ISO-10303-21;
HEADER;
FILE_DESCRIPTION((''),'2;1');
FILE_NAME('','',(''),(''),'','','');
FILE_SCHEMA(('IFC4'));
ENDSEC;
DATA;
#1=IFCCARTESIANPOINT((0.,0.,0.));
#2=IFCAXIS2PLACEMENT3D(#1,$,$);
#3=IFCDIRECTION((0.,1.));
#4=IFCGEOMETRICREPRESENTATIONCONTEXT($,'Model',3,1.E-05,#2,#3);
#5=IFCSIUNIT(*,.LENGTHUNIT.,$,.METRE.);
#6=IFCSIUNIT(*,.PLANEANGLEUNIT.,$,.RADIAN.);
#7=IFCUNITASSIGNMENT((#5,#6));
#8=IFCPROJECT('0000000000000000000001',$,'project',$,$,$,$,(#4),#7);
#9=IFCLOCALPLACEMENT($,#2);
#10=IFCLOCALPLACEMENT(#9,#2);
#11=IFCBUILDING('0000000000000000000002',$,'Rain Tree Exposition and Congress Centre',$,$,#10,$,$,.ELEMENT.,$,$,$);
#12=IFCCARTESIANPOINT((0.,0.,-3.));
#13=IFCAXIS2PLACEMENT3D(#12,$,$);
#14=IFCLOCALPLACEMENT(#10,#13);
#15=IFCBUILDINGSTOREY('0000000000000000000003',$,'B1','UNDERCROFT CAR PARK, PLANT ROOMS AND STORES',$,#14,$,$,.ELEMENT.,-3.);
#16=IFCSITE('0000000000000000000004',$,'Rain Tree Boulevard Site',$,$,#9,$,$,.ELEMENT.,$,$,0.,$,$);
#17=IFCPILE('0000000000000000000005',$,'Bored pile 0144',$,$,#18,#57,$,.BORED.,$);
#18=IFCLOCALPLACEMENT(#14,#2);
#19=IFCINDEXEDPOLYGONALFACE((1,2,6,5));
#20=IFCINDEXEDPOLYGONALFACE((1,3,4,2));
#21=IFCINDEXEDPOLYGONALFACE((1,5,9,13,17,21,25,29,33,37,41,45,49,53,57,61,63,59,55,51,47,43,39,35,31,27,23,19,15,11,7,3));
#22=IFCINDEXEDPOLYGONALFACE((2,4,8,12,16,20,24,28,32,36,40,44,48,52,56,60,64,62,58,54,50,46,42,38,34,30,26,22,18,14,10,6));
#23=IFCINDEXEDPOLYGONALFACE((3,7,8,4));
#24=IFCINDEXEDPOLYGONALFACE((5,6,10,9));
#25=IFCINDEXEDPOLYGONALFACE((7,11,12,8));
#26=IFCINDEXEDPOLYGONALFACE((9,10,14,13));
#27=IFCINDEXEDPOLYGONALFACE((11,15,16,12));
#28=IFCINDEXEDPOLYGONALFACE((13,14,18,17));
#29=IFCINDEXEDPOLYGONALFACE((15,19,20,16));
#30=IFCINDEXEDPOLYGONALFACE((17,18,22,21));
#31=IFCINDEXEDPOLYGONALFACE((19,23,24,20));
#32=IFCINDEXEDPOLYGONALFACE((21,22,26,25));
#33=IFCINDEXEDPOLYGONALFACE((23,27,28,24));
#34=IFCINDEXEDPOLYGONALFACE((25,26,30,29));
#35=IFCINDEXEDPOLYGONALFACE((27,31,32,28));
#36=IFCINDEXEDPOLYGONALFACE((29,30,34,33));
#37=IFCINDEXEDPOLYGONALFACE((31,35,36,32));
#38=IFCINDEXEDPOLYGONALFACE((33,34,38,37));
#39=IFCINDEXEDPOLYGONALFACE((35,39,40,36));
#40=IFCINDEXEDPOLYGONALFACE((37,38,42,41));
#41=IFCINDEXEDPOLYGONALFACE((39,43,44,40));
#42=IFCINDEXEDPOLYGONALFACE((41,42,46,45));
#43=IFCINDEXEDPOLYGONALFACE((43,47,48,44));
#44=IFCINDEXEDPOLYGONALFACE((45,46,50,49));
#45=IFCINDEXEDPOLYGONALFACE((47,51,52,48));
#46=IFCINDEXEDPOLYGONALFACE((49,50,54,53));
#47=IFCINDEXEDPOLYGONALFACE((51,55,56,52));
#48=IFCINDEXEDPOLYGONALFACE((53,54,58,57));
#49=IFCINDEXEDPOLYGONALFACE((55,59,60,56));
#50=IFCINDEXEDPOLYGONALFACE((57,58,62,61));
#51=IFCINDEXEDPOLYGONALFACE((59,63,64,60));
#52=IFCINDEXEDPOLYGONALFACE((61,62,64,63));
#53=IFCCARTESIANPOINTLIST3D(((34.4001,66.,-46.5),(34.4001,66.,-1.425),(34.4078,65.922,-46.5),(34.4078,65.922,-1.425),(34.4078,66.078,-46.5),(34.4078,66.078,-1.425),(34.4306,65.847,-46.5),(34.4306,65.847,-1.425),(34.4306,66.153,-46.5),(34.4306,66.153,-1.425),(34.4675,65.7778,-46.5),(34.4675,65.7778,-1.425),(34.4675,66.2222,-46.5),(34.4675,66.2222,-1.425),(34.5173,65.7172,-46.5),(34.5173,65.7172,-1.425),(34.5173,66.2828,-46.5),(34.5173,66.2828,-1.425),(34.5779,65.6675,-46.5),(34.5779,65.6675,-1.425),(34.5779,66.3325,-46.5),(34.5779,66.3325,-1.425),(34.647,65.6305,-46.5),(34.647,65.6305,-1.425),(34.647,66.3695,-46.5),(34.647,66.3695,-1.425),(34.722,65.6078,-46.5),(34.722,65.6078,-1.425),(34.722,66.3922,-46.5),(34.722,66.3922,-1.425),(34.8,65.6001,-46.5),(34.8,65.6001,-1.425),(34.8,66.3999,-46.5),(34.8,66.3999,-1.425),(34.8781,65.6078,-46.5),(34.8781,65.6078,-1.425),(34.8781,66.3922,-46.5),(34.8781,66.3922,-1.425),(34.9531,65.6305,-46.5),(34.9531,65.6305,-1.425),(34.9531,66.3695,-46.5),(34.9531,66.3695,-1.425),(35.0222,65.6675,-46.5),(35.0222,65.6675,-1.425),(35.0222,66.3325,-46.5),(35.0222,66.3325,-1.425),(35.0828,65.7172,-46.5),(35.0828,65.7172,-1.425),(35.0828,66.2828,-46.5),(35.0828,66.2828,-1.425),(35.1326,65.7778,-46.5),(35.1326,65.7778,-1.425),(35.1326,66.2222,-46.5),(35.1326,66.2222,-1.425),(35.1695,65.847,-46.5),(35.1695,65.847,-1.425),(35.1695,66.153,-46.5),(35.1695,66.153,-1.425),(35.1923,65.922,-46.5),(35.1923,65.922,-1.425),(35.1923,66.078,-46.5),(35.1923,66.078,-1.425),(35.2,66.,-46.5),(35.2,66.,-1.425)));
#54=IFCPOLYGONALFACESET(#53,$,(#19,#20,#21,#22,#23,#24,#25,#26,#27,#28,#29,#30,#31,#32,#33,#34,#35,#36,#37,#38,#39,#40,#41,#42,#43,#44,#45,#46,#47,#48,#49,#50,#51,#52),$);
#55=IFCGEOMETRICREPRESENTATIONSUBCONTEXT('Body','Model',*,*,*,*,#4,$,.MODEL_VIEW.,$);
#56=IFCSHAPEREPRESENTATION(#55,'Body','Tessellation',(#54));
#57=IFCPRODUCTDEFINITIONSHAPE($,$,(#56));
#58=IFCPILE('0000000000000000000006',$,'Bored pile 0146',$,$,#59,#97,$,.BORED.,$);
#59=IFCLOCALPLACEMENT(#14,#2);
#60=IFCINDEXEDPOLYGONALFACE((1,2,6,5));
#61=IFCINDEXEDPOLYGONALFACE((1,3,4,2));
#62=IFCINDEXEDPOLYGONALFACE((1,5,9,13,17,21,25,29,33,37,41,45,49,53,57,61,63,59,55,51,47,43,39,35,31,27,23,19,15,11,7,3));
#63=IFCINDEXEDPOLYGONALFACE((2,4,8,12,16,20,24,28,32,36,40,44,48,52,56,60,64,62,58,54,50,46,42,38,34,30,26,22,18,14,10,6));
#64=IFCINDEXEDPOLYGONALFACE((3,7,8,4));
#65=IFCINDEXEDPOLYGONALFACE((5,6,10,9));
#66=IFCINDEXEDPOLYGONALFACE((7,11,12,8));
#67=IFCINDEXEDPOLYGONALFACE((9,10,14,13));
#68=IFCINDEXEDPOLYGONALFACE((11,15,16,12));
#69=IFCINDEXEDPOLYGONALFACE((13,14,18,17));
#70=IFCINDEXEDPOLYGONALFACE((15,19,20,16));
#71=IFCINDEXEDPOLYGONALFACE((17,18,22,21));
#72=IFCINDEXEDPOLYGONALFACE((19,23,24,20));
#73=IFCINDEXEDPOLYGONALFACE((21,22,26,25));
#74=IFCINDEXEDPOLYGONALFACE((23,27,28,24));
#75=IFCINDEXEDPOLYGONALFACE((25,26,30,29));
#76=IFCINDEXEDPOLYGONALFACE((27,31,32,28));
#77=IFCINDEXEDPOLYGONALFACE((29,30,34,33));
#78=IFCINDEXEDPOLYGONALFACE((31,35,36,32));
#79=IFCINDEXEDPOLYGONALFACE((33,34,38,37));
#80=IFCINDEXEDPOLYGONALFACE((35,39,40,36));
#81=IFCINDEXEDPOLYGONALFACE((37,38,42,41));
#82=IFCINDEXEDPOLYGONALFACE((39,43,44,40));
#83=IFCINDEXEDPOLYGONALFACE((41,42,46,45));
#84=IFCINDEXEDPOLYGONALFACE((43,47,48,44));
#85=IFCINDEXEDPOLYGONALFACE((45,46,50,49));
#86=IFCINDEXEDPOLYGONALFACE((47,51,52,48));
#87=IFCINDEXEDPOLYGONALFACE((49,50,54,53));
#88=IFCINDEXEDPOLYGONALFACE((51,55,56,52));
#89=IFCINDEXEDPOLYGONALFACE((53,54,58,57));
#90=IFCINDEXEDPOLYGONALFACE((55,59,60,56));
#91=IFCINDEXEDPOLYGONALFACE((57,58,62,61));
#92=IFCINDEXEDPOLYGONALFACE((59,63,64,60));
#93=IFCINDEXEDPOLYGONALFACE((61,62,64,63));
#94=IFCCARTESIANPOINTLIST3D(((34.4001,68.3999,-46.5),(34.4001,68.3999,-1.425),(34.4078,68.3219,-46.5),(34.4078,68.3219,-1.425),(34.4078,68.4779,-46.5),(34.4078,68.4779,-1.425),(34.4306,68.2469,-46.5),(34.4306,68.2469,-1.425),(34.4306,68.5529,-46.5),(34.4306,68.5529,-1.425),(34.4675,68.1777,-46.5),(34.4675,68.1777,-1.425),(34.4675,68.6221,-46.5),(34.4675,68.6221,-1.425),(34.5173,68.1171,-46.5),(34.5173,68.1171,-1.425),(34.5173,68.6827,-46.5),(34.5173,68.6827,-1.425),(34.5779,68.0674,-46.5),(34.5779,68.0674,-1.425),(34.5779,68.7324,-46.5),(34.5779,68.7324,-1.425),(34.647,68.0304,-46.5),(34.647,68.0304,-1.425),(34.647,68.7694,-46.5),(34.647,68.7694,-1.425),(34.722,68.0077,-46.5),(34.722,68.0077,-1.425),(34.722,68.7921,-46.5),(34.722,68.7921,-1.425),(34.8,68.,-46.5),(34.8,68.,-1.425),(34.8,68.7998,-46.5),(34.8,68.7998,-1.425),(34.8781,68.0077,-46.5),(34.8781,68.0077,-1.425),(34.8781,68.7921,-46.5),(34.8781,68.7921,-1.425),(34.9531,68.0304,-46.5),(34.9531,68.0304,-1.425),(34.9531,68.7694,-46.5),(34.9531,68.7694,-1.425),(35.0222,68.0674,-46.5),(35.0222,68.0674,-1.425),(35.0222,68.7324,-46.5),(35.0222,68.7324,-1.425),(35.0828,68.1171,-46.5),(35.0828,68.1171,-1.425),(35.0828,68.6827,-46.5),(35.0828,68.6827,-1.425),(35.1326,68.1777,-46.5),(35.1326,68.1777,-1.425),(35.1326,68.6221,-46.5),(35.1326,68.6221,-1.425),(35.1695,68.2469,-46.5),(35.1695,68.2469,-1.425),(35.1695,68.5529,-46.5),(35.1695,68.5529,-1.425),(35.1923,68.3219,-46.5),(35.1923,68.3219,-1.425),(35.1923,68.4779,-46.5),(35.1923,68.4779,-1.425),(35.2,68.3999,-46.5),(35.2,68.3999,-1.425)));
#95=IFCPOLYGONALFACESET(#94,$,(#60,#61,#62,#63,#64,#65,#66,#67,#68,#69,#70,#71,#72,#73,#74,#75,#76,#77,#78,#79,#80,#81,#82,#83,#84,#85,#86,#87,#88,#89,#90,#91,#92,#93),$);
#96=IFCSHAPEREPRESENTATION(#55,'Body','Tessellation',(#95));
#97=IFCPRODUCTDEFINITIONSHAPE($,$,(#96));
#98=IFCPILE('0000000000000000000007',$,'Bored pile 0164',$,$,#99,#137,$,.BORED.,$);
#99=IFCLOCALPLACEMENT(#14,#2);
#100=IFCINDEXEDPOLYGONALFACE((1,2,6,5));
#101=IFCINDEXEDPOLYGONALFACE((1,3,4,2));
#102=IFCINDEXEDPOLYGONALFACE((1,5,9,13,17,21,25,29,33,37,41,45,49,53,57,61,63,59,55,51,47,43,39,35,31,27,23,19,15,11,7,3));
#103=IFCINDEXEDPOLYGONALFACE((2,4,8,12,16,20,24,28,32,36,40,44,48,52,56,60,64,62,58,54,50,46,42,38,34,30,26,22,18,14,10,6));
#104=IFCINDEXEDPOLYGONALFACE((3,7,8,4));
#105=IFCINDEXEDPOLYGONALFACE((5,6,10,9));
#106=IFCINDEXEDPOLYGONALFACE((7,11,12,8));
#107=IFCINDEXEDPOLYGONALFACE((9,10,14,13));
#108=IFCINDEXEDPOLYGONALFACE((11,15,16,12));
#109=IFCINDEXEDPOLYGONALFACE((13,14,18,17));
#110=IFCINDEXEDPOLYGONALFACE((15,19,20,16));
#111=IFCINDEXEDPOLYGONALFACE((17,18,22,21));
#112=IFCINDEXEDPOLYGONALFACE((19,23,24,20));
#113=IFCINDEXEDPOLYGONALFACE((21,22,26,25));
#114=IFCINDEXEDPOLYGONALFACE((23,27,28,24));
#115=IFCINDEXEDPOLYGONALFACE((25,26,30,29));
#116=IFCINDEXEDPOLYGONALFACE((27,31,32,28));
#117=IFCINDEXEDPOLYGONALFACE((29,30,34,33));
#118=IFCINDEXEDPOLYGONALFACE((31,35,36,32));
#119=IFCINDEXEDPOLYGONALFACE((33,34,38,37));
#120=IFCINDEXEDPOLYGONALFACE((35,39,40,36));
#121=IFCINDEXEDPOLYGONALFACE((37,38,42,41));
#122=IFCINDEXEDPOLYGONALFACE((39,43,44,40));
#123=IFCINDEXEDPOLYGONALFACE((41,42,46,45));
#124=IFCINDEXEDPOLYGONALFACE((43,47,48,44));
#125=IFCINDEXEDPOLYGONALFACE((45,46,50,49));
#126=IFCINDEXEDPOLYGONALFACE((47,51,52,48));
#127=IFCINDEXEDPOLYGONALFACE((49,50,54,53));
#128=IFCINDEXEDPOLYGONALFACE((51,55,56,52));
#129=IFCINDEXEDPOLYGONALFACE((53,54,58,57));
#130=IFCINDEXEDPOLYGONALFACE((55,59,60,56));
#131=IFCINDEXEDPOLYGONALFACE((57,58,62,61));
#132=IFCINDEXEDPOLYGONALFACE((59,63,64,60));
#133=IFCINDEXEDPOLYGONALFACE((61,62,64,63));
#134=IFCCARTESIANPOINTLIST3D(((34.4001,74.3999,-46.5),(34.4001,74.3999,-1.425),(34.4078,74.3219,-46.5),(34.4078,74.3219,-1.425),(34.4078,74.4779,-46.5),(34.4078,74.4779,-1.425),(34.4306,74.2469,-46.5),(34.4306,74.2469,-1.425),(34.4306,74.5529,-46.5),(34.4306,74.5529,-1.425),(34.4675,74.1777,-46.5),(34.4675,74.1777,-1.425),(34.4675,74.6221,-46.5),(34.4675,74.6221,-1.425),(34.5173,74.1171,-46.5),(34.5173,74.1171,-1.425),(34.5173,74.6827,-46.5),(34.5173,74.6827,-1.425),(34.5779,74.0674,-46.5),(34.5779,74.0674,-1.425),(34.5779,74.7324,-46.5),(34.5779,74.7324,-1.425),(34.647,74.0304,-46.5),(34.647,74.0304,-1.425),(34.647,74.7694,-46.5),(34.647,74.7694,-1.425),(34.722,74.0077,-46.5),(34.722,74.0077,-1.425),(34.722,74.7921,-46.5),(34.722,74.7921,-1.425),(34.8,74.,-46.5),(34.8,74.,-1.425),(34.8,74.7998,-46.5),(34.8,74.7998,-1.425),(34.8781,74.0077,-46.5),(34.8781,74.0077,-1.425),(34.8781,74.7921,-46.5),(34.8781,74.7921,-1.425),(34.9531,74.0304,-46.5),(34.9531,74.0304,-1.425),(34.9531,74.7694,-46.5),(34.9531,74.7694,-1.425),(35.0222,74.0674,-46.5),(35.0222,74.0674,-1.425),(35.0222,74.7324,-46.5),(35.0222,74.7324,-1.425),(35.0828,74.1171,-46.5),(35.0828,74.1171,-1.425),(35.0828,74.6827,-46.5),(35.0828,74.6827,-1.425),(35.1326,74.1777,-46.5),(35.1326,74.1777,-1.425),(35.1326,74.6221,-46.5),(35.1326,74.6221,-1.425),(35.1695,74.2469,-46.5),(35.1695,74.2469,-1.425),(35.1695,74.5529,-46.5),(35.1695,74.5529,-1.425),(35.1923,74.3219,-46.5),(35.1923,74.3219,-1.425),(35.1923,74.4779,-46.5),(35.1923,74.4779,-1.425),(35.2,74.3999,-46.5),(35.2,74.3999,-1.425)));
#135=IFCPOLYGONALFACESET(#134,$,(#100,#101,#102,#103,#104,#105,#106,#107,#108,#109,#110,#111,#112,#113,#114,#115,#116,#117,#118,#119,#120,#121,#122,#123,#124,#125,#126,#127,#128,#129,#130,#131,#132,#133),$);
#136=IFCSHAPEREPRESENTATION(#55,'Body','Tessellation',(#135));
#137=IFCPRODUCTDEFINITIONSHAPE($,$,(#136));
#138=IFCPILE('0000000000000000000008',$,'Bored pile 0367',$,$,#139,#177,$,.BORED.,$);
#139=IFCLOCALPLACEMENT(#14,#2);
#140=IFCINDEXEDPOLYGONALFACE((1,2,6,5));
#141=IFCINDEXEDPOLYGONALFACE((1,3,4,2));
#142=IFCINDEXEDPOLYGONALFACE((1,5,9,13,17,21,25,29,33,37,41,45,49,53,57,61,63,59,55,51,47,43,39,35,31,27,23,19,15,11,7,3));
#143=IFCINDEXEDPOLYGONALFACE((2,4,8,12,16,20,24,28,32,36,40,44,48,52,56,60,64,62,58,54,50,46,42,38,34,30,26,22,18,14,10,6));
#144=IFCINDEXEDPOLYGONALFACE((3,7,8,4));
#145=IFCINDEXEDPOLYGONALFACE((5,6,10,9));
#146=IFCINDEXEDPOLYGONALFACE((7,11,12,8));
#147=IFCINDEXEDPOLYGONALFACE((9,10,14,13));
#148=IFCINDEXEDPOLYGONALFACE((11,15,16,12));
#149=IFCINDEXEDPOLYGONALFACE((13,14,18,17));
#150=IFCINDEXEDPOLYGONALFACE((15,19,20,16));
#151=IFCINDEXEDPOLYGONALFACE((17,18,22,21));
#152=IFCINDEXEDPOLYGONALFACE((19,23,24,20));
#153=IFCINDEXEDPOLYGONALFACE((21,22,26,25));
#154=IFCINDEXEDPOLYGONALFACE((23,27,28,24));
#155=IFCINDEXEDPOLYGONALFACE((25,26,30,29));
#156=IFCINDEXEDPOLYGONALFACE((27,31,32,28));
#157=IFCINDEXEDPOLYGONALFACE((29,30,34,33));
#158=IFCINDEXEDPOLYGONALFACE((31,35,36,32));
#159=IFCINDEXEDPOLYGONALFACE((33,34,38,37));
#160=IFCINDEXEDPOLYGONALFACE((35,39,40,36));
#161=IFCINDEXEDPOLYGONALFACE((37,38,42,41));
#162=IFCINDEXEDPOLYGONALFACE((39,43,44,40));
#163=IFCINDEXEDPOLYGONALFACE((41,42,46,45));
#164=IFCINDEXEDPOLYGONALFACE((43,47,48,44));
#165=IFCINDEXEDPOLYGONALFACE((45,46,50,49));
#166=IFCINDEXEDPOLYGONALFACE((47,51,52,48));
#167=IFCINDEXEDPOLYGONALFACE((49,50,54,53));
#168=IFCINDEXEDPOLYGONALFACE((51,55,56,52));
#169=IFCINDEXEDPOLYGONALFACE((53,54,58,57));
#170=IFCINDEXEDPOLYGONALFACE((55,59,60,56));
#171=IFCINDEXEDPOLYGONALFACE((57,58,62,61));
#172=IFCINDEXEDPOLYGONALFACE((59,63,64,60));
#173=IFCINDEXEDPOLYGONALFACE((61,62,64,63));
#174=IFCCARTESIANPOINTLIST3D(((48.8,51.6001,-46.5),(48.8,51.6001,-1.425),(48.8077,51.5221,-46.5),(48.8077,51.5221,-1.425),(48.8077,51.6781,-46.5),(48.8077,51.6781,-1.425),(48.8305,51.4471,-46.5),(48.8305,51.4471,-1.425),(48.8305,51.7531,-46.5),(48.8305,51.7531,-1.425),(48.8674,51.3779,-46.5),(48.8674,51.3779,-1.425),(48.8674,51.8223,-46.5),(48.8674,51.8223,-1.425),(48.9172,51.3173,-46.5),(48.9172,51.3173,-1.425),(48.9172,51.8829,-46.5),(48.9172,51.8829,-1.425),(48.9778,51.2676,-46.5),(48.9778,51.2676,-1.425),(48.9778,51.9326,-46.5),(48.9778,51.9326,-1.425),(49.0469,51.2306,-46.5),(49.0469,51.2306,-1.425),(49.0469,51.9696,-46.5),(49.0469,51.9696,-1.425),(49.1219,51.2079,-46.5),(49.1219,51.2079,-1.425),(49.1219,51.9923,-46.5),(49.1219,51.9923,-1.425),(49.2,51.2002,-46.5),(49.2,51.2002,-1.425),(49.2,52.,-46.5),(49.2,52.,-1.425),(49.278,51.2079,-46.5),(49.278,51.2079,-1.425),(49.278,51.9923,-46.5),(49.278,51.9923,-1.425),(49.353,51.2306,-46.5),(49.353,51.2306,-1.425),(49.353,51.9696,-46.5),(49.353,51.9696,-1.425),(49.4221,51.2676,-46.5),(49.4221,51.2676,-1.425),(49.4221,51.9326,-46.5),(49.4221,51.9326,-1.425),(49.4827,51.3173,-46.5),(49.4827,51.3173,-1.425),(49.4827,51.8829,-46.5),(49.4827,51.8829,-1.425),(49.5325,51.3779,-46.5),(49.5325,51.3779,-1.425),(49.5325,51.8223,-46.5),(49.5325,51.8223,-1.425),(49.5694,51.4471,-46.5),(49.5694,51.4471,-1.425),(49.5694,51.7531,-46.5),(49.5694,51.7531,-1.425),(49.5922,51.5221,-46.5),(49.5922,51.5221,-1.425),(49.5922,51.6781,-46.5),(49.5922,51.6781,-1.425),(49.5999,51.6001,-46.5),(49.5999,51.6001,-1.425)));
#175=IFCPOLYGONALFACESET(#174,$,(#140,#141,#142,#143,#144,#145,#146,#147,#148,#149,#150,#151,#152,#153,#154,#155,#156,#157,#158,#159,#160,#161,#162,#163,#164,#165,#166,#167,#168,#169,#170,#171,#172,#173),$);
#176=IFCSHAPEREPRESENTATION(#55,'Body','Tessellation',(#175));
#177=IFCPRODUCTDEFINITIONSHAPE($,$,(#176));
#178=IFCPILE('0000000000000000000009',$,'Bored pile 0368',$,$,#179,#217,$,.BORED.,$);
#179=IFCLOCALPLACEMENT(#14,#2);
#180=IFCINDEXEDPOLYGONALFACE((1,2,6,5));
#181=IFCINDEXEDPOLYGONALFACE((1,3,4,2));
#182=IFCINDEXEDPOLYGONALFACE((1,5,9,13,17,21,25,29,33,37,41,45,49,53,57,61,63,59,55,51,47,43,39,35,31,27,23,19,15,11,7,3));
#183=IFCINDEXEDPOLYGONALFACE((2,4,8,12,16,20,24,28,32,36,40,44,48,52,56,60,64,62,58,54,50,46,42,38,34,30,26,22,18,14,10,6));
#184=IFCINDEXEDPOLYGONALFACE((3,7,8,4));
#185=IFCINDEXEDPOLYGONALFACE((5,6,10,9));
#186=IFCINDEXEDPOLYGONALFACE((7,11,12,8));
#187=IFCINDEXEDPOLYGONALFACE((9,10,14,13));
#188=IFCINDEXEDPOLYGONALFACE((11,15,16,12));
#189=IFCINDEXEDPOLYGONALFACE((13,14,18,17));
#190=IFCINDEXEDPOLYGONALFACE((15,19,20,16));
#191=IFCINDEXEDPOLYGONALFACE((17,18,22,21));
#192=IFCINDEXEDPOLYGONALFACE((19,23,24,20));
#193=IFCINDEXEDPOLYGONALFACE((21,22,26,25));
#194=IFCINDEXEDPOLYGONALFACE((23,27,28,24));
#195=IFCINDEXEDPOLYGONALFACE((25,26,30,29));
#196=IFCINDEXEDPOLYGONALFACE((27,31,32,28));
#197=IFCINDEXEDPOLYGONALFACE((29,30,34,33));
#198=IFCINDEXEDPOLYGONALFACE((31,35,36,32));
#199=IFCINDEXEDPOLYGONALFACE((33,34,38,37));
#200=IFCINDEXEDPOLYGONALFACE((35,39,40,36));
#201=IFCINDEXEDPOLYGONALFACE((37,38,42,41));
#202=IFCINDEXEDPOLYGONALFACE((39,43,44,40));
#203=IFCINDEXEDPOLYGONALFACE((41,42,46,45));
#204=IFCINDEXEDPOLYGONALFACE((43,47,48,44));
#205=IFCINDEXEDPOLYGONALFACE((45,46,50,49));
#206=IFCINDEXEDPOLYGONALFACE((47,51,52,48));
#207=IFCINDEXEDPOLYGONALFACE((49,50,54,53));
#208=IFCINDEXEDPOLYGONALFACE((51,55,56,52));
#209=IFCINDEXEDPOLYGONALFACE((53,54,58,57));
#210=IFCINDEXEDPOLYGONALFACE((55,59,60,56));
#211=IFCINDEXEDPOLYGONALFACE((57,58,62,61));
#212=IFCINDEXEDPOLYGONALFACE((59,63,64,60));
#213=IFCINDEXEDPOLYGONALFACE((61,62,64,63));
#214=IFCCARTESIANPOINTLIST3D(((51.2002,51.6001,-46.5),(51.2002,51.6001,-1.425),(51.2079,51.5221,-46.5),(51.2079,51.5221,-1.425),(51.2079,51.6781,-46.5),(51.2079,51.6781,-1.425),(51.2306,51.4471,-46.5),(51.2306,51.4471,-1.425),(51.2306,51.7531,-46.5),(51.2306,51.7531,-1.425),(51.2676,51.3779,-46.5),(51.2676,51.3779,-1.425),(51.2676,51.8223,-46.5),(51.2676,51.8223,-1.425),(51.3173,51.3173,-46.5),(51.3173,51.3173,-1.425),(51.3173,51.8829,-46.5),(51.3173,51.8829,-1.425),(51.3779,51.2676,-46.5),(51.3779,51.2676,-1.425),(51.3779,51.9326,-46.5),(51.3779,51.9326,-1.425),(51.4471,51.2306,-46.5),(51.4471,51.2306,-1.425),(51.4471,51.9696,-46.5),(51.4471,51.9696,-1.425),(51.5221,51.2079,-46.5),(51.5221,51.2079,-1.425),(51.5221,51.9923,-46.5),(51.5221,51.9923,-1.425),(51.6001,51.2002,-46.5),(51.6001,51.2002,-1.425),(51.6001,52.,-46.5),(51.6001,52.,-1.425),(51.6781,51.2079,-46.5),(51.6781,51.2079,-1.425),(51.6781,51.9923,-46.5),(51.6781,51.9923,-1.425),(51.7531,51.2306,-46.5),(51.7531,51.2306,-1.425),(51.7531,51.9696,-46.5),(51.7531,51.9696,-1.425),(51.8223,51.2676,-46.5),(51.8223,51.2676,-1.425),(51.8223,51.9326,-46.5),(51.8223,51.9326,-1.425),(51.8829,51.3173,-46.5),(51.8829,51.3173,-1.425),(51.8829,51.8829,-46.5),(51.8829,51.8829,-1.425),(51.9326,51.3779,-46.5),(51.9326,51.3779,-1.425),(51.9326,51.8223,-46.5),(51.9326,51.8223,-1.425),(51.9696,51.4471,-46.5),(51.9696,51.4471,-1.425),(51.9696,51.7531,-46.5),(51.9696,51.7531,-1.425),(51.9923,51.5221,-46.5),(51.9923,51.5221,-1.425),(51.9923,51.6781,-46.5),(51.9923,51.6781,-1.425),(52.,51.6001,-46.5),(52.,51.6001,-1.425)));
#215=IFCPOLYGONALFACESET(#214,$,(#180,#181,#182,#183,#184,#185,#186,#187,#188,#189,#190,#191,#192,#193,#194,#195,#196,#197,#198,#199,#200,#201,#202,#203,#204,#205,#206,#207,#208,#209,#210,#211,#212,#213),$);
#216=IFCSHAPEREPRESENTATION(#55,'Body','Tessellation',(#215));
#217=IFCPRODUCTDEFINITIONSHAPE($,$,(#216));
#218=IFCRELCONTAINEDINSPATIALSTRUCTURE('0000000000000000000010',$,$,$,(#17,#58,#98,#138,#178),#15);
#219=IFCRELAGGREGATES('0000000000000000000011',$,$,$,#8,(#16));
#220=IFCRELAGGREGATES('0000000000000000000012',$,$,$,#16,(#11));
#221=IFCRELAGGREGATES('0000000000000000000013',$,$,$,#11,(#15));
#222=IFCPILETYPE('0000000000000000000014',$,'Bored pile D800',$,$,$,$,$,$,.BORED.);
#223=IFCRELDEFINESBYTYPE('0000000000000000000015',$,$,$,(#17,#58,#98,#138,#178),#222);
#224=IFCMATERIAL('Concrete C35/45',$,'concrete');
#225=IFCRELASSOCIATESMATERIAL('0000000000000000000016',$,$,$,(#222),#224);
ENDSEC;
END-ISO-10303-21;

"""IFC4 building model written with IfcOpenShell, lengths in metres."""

from ifc_helpers import new_model, si_unit, direction, frame, origin, origin_2d, place, context, subcontext, project, spatial, circle, extrude, material, material_profile, profile_set, type_object, element, save


model = new_model("IFC4")

# Units and contexts
model_context = context("Model", 3, precision=1e-05, world=origin(), true_north=direction((0.0, 1.0)))
body_context = subcontext(model_context, "Body", "Model", "MODEL_VIEW")
ifc_project = project(units=[si_unit("LENGTHUNIT", "METRE"), si_unit("PLANEANGLEUNIT", "RADIAN")], contexts=[model_context])

# Site, building, storey
site_placement = place(None, origin())
site = spatial("IfcSite", under=ifc_project, at=site_placement, Name="Rain Tree Boulevard Site", CompositionType="ELEMENT", RefElevation=0.0)
building_placement = place(site_placement, origin())
building = spatial("IfcBuilding", under=site, at=building_placement, Name="Rain Tree Exposition and Congress Centre", CompositionType="ELEMENT")
storey_placement = place(building_placement, frame((0.0, 0.0, -3.0)))
storey = spatial("IfcBuildingStorey", under=building, at=storey_placement, Name="B1", Description="UNDERCROFT CAR PARK, PLANT ROOMS AND STORES", CompositionType="ELEMENT", Elevation=-3.0)

# Piles
ifc_material_1 = material(Name="Concrete C35/45", Category="concrete")
ifc_material_profile_1 = material_profile(ifc_material_1, circle(Radius=0.3999, at=origin_2d()), Name="D800")
ifc_profile_set_1 = profile_set([ifc_material_profile_1], Name="Concrete C35/45")
pile_type = type_object("IfcPileType", Name="Bored pile D800", PredefinedType="BORED", material=ifc_profile_set_1)
for number, where, z_axis, x_axis, name in (
    (1, (34.8, 66.0, -1.425), (0.0, 0.0, -1.0), (1.0, 0.0, 0.0), "Bored pile 0144"),
    (2, (34.8, 68.3999, -1.425), (0.0, 0.0, -1.0), (1.0, 0.0, 0.0), "Bored pile 0146"),
    (3, (34.8, 74.3999, -1.425), (0.0, 0.0, -1.0), (1.0, 0.0, 0.0), "Bored pile 0164"),
    (4, (49.2, 51.6001, -1.425), (0.0, 0.0, -1.0), (1.0, 0.0, 0.0), "Bored pile 0367"),
    (5, (51.6001, 51.6001, -1.425), (0.0, 0.0, -1.0), (1.0, 0.0, 0.0), "Bored pile 0368"),
):
    element("IfcPile", number, at=place(storey_placement, frame(where, z_axis=z_axis, x_axis=x_axis)), inside=storey, type_object=pile_type, Name=name, PredefinedType="BORED", context=body_context, shape_type="SweptSolid", body=[
        extrude(circle(Radius=0.3999, at=origin_2d()), origin(), (0.0, 0.0, 1.0), 45.075),
    ])

save(model, "model.ifc")
